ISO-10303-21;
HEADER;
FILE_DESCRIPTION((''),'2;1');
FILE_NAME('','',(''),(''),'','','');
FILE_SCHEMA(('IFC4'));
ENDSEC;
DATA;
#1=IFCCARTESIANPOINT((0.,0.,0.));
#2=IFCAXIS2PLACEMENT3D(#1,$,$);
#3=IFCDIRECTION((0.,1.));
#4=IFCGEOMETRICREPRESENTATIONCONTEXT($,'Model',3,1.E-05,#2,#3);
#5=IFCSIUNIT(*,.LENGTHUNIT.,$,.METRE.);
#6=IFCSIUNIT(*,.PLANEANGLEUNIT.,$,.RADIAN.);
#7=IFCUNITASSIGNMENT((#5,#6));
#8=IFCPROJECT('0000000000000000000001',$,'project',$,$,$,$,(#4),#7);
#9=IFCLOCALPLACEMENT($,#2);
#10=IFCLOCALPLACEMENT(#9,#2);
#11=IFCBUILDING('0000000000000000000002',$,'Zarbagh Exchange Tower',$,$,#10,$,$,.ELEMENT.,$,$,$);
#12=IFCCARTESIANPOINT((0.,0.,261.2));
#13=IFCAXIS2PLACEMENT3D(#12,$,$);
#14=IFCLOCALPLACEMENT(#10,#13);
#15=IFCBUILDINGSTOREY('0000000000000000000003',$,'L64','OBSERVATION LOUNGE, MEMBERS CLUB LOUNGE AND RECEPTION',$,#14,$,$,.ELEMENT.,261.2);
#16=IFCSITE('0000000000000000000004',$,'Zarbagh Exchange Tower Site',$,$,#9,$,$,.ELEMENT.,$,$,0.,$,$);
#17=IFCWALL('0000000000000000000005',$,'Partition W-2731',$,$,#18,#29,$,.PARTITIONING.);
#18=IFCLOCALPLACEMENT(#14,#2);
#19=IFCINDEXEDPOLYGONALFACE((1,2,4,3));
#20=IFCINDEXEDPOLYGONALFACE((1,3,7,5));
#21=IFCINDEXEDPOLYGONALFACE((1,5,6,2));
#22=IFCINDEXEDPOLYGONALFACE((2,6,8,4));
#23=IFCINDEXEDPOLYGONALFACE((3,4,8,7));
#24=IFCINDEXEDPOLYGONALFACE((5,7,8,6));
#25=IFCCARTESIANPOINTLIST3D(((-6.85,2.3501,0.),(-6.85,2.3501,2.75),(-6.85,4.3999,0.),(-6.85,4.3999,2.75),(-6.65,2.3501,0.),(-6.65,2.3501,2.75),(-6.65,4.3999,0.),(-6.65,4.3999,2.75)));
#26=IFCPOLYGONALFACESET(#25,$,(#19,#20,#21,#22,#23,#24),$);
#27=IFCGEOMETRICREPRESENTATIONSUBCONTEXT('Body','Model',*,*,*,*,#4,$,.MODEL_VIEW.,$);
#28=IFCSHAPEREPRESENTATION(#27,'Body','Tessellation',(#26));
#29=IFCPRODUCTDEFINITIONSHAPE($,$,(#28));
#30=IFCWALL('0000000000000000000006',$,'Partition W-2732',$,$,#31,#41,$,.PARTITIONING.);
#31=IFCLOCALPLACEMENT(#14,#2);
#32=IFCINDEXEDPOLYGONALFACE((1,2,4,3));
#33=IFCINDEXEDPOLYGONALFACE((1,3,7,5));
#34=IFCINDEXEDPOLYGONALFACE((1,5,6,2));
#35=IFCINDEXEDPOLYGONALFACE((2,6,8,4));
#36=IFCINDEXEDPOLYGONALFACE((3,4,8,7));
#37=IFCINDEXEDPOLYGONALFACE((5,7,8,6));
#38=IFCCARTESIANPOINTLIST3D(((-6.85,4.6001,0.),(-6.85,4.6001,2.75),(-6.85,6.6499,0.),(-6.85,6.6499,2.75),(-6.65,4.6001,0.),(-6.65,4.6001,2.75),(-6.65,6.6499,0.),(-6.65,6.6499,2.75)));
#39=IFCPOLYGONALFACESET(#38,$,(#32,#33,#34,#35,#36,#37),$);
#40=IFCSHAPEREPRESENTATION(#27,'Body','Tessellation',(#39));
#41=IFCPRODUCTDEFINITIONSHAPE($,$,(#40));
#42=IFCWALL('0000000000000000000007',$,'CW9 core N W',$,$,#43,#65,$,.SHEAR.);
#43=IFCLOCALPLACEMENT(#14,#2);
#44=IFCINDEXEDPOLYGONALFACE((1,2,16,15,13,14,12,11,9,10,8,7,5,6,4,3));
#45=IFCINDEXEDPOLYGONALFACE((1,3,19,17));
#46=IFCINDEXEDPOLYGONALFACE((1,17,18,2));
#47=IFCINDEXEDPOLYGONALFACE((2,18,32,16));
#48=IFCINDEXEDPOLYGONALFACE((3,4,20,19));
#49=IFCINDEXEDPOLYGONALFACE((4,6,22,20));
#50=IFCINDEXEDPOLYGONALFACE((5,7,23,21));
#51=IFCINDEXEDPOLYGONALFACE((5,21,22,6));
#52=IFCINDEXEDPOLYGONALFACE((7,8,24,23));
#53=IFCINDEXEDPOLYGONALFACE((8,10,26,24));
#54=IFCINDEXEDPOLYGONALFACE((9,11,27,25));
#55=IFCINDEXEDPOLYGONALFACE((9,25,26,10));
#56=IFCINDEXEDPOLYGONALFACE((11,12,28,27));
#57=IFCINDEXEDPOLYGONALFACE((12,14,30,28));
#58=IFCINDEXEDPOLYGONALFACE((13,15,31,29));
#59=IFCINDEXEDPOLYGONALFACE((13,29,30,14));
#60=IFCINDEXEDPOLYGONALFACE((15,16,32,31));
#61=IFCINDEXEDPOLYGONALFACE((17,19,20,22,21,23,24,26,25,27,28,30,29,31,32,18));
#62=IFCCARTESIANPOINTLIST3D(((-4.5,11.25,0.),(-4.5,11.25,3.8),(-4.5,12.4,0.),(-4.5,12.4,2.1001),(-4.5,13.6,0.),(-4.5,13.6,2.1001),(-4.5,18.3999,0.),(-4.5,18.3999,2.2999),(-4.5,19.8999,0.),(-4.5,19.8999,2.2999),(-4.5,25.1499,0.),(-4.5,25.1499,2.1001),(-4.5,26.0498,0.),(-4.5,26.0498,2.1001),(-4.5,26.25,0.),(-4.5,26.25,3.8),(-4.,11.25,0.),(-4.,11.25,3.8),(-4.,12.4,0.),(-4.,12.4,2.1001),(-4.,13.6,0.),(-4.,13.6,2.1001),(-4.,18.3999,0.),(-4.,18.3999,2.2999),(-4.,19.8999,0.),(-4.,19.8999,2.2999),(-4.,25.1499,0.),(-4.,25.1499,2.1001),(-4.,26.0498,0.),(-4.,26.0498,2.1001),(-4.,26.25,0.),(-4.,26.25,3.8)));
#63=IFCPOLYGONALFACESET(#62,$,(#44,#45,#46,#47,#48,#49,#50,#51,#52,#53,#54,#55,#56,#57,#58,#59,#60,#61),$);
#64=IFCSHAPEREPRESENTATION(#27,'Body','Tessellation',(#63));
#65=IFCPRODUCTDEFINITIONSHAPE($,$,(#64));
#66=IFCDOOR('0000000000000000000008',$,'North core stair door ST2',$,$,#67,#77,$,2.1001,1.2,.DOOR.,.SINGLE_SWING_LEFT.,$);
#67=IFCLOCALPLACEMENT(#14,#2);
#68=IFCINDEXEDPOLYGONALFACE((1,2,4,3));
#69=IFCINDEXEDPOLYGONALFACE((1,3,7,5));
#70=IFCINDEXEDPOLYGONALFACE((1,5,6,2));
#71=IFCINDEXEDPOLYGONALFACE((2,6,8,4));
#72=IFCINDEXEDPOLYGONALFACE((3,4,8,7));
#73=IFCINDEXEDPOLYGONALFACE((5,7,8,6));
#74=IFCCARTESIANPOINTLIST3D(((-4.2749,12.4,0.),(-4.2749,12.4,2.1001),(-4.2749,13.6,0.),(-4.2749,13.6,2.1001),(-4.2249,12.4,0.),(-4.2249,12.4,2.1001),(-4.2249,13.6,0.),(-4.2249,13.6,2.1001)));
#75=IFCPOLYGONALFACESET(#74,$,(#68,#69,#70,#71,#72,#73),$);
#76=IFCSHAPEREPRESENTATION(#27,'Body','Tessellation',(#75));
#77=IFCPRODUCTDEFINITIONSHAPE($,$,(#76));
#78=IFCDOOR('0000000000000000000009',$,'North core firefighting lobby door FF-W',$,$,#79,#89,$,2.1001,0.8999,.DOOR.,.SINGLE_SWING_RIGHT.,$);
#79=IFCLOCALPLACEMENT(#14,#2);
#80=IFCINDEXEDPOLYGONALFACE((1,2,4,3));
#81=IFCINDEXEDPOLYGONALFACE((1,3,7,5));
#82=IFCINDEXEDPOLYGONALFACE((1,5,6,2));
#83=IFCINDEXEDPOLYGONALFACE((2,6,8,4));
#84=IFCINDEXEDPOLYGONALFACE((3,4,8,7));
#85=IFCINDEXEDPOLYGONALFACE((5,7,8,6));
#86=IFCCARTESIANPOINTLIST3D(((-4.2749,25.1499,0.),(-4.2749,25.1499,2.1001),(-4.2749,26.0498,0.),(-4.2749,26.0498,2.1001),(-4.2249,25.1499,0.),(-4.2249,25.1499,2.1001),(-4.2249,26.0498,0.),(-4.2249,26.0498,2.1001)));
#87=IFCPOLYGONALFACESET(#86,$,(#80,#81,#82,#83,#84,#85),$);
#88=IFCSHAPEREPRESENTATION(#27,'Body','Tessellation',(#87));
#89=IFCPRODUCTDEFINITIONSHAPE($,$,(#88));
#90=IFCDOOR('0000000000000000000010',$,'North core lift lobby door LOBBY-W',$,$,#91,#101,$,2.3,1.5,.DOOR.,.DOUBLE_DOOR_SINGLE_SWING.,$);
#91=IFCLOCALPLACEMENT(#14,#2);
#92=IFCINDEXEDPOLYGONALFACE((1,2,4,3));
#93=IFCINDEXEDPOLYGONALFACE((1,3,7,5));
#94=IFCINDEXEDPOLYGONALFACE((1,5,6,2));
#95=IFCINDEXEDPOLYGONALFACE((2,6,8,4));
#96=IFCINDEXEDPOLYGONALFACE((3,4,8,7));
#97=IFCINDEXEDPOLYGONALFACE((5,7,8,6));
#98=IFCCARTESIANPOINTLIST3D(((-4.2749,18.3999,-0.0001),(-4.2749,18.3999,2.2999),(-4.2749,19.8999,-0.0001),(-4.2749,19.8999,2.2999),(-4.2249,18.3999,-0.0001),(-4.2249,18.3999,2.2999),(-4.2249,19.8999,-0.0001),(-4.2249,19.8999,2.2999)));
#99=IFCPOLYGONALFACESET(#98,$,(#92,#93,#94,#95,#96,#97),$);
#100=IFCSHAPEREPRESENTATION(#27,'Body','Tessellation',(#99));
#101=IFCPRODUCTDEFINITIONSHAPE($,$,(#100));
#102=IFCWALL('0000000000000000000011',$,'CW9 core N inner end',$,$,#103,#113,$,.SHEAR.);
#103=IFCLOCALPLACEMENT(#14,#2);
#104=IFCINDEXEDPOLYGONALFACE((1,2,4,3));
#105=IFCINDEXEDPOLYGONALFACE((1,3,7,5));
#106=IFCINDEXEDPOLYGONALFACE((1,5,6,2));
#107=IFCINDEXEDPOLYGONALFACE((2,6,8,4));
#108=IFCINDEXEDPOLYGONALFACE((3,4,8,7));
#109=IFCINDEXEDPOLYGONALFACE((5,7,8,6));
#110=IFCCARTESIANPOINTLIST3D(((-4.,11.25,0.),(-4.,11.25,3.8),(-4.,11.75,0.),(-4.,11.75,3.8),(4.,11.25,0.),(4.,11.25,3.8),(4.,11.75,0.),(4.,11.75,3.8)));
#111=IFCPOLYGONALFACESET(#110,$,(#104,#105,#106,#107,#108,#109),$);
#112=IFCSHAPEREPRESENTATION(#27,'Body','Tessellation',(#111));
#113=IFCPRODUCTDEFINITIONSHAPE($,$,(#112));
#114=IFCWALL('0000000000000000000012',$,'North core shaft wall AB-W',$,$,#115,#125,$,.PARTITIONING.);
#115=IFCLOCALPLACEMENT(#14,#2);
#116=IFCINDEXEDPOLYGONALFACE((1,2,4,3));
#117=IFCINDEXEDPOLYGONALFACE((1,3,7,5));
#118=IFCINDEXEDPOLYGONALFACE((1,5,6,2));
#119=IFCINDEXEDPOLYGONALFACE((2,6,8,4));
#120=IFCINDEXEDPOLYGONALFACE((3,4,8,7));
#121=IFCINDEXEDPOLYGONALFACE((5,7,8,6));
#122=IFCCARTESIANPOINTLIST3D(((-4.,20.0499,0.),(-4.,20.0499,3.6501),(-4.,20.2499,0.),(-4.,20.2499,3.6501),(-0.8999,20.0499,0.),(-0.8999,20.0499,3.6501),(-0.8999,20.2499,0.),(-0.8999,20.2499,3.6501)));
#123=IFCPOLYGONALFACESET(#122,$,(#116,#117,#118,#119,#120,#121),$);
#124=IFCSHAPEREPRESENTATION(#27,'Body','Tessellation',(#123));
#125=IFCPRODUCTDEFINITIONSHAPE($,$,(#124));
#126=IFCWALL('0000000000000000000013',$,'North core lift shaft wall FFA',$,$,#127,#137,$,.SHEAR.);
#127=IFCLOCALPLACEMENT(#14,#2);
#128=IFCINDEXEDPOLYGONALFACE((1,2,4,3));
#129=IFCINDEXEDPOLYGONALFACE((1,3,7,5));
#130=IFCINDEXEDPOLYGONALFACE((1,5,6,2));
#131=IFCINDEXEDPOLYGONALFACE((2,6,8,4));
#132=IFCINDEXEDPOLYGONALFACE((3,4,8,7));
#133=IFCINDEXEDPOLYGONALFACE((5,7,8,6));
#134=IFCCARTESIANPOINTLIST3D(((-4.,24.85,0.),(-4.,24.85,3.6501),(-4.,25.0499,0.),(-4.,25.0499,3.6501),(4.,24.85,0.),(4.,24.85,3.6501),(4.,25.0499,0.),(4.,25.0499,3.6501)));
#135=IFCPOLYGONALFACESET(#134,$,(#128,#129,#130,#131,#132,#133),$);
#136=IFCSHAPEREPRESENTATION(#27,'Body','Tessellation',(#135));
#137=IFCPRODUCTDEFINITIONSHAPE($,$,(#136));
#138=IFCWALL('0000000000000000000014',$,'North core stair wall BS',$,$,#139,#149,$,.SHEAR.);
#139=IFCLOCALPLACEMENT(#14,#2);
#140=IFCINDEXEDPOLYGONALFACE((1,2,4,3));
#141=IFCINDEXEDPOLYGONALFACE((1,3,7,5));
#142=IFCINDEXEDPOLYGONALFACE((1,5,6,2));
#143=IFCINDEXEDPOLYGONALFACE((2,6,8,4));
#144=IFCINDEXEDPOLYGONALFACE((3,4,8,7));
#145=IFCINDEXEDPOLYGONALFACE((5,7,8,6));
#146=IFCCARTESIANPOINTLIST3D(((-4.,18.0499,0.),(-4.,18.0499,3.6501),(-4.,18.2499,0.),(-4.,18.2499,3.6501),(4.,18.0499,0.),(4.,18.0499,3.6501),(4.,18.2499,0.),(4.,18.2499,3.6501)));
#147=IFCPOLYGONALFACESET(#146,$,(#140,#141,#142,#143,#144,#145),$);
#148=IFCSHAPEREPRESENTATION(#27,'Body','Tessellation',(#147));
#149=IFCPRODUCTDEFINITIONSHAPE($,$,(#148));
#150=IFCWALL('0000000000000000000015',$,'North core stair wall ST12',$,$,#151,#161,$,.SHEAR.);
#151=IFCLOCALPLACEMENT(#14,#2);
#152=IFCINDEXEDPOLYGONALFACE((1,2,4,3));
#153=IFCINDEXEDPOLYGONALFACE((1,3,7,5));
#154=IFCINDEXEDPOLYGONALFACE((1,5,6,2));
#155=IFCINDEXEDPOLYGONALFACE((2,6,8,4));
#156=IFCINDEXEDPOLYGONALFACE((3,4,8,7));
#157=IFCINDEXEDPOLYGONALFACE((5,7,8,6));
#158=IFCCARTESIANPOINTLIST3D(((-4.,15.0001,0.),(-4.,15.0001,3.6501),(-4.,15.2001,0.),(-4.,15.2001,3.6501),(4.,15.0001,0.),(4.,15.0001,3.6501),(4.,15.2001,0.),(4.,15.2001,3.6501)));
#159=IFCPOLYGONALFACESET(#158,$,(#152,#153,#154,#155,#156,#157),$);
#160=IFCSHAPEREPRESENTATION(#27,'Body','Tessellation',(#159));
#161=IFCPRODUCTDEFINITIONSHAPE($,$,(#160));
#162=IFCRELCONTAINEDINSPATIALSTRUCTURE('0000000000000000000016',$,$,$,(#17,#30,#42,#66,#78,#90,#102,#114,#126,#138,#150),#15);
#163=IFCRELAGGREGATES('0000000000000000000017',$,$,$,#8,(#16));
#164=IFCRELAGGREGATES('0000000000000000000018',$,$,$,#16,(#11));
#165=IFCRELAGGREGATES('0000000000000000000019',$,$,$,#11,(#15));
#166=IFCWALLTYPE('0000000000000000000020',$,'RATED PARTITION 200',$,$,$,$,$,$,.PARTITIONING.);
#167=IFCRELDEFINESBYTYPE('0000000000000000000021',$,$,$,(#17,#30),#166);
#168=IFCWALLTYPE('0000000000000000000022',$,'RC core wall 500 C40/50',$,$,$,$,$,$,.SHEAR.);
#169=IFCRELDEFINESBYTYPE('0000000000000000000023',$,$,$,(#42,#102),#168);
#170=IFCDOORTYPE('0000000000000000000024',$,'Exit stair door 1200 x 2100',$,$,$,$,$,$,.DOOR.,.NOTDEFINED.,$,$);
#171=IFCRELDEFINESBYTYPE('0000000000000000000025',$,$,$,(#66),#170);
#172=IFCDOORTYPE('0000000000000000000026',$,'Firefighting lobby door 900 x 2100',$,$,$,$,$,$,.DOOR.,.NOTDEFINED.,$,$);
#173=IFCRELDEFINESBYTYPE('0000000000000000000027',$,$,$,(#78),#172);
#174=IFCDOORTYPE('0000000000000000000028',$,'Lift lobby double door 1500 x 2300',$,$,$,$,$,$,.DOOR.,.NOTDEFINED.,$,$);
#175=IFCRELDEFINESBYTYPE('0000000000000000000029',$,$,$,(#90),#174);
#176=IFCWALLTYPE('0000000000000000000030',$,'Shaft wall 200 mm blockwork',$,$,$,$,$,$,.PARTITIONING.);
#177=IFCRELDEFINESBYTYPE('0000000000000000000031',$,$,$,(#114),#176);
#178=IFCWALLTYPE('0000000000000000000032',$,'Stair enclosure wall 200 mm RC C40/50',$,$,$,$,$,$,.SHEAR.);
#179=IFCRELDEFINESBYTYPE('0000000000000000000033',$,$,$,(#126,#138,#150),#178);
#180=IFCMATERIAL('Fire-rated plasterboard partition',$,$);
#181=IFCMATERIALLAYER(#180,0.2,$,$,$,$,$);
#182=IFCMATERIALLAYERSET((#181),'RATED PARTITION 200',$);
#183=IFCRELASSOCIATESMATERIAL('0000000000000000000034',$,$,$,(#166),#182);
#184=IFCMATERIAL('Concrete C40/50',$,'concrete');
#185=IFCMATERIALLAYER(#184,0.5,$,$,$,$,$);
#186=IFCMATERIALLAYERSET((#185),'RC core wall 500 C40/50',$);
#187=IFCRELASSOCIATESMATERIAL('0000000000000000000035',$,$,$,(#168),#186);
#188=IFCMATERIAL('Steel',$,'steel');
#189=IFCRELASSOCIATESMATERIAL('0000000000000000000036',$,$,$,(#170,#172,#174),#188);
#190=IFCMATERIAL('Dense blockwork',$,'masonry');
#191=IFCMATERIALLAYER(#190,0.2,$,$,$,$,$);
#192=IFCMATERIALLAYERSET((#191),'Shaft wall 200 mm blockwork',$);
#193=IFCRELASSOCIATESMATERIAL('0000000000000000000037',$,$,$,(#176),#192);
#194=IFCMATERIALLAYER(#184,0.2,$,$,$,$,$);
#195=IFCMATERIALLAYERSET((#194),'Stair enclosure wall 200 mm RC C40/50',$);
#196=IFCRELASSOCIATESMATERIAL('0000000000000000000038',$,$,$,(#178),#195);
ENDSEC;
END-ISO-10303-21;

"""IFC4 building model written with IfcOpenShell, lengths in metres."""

from ifc_helpers import new_model, si_unit, direction, frame, frame_2d, origin, place, context, subcontext, project, spatial, rectangle, extrude, material, layer, layer_set, type_object, element, fill, save


model = new_model("IFC4")

# Units and contexts
model_context = context("Model", 3, precision=1e-05, world=origin(), true_north=direction((0.0, 1.0)))
body_context = subcontext(model_context, "Body", "Model", "MODEL_VIEW")
ifc_project = project(units=[si_unit("LENGTHUNIT", "METRE"), si_unit("PLANEANGLEUNIT", "RADIAN")], contexts=[model_context])

# Site, building, storey
site_placement = place(None, origin())
site = spatial("IfcSite", under=ifc_project, at=site_placement, Name="Zarbagh Exchange Tower Site", CompositionType="ELEMENT", RefElevation=0.0)
building_placement = place(site_placement, origin())
building = spatial("IfcBuilding", under=site, at=building_placement, Name="Zarbagh Exchange Tower", CompositionType="ELEMENT")
storey_placement = place(building_placement, frame((0.0, 0.0, 261.2)))
storey = spatial("IfcBuildingStorey", under=building, at=storey_placement, Name="L64", Description="OBSERVATION LOUNGE, MEMBERS CLUB LOUNGE AND RECEPTION", CompositionType="ELEMENT", Elevation=261.2)

# Shared definitions
ifc_material_1 = material(Name="Concrete C40/50", Category="concrete")

# Walls
ifc_material_2 = material(Name="Dense blockwork", Category="masonry")
ifc_material_3 = material(Name="Fire-rated plasterboard partition")
ifc_layer_1 = layer(ifc_material_3, 0.2)
ifc_layer_set_1 = layer_set([ifc_layer_1], Name="RATED PARTITION 200")
wall_type_1 = type_object("IfcWallType", Name="RATED PARTITION 200", PredefinedType="PARTITIONING", material=ifc_layer_set_1)
for number, where, z_axis, x_axis, name in (
    (1, (-6.75, 2.3501, 0.0), (0.0, 0.0, 1.0), (0.0, 1.0, 0.0), "Partition W-2731"),
    (2, (-6.75, 4.6001, 0.0), (0.0, 0.0, 1.0), (0.0, 1.0, 0.0), "Partition W-2732"),
):
    element("IfcWall", number, at=place(storey_placement, frame(where, z_axis=z_axis, x_axis=x_axis)), inside=storey, type_object=wall_type_1, Name=name, PredefinedType="PARTITIONING", context=body_context, shape_type="SweptSolid", body=[
        extrude(rectangle(XDim=2.0498, YDim=0.2, at=frame_2d((1.0249, 0.0))), origin(), (0.0, 0.0, 1.0), 2.75),
    ])

# Wall, openings, doors
ifc_layer_2 = layer(ifc_material_1, 0.5)
ifc_layer_set_2 = layer_set([ifc_layer_2], Name="RC core wall 500 C40/50")
wall_type_2 = type_object("IfcWallType", Name="RC core wall 500 C40/50", PredefinedType="SHEAR", material=ifc_layer_set_2)
wall_1_placement = place(storey_placement, frame((-4.25, 11.25, 0.0), z_axis=(0.0, 0.0, 1.0), x_axis=(0.0, 1.0, 0.0)))
wall_1 = element("IfcWall", 3, at=wall_1_placement, inside=storey, type_object=wall_type_2, Name="CW9 core N W", PredefinedType="SHEAR", context=body_context, shape_type="SweptSolid", body=[
    extrude(rectangle(XDim=15.0, YDim=0.5, at=frame_2d((7.5, 0.0))), origin(), (0.0, 0.0, 1.0), 3.8),
])
opening_1_placement = place(wall_1_placement, frame((7.1499, 0.0, 0.0)))
opening_1 = element("IfcOpeningElement", 4, at=opening_1_placement, cuts=wall_1, PredefinedType="OPENING", context=body_context, shape_type="SweptSolid", body=[
    extrude(rectangle(XDim=1.5, YDim=2.3, at=frame_2d((0.75, 1.1499))), frame((0.0, 0.26, 0.0), z_axis=(0.0, -1.0, 0.0), x_axis=(1.0, 0.0, 0.0)), (0.0, 0.0, 1.0), 0.52),
])
opening_2_placement = place(wall_1_placement, frame((13.8999, 0.0, 0.0)))
opening_2 = element("IfcOpeningElement", 5, at=opening_2_placement, cuts=wall_1, PredefinedType="OPENING", context=body_context, shape_type="SweptSolid", body=[
    extrude(rectangle(XDim=0.8999, YDim=2.1001, at=frame_2d((0.45, 1.05))), frame((0.0, 0.26, 0.0), z_axis=(0.0, -1.0, 0.0), x_axis=(1.0, 0.0, 0.0)), (0.0, 0.0, 1.0), 0.52),
])
opening_3_placement = place(wall_1_placement, frame((1.1499, 0.0, 0.0)))
opening_3 = element("IfcOpeningElement", 6, at=opening_3_placement, cuts=wall_1, PredefinedType="OPENING", context=body_context, shape_type="SweptSolid", body=[
    extrude(rectangle(XDim=1.2, YDim=2.1001, at=frame_2d((0.6001, 1.05))), frame((0.0, 0.26, 0.0), z_axis=(0.0, -1.0, 0.0), x_axis=(1.0, 0.0, 0.0)), (0.0, 0.0, 1.0), 0.52),
])
ifc_material_4 = material(Name="Steel", Category="steel")
door_type_1 = type_object("IfcDoorType", Name="Exit stair door 1200 x 2100", OperationType="NOTDEFINED", PredefinedType="DOOR", material=ifc_material_4)
door_1_placement = place(opening_3_placement, origin())
door_1 = element("IfcDoor", 7, at=door_1_placement, inside=storey, type_object=door_type_1, Name="North core stair door ST2", OperationType="SINGLE_SWING_LEFT", OverallHeight=2.1001, OverallWidth=1.2, PredefinedType="DOOR", context=body_context, shape_type="SweptSolid", body=[
    extrude(rectangle(XDim=1.2, YDim=2.1001, at=frame_2d((0.6001, 1.05))), frame((0.0, 0.0249, 0.0), z_axis=(0.0, -1.0, 0.0), x_axis=(1.0, 0.0, 0.0)), (0.0, 0.0, 1.0), 0.05),
])
fill(opening_3, door_1)
door_type_2 = type_object("IfcDoorType", Name="Firefighting lobby door 900 x 2100", OperationType="NOTDEFINED", PredefinedType="DOOR", material=ifc_material_4)
door_2_placement = place(opening_2_placement, origin())
door_2 = element("IfcDoor", 8, at=door_2_placement, inside=storey, type_object=door_type_2, Name="North core firefighting lobby door FF-W", OperationType="SINGLE_SWING_RIGHT", OverallHeight=2.1001, OverallWidth=0.8999, PredefinedType="DOOR", context=body_context, shape_type="SweptSolid", body=[
    extrude(rectangle(XDim=0.8999, YDim=2.1001, at=frame_2d((0.45, 1.05))), frame((0.0, 0.0249, 0.0), z_axis=(0.0, -1.0, 0.0), x_axis=(1.0, 0.0, 0.0)), (0.0, 0.0, 1.0), 0.05),
])
fill(opening_2, door_2)
door_type_3 = type_object("IfcDoorType", Name="Lift lobby double door 1500 x 2300", OperationType="NOTDEFINED", PredefinedType="DOOR", material=ifc_material_4)
door_3_placement = place(opening_1_placement, origin())
door_3 = element("IfcDoor", 9, at=door_3_placement, inside=storey, type_object=door_type_3, Name="North core lift lobby door LOBBY-W", OperationType="DOUBLE_DOOR_SINGLE_SWING", OverallHeight=2.3, OverallWidth=1.5, PredefinedType="DOOR", context=body_context, shape_type="SweptSolid", body=[
    extrude(rectangle(XDim=1.5, YDim=2.3, at=frame_2d((0.75, 1.1499))), frame((0.0, 0.0249, 0.0), z_axis=(0.0, -1.0, 0.0), x_axis=(1.0, 0.0, 0.0)), (0.0, 0.0, 1.0), 0.05),
])
fill(opening_1, door_3)

# Walls
wall_2_placement = place(storey_placement, frame((-4.0, 11.5, 0.0), z_axis=(0.0, 0.0, 1.0), x_axis=(1.0, 0.0, 0.0)))
element("IfcWall", 10, at=wall_2_placement, inside=storey, type_object=wall_type_2, Name="CW9 core N inner end", PredefinedType="SHEAR", context=body_context, shape_type="SweptSolid", body=[
    extrude(rectangle(XDim=8.0, YDim=0.5, at=frame_2d((4.0, 0.0))), origin(), (0.0, 0.0, 1.0), 3.8),
])
ifc_layer_3 = layer(ifc_material_2, 0.2)
ifc_layer_set_3 = layer_set([ifc_layer_3], Name="Shaft wall 200 mm blockwork")
wall_type_3 = type_object("IfcWallType", Name="Shaft wall 200 mm blockwork", PredefinedType="PARTITIONING", material=ifc_layer_set_3)
wall_3_placement = place(storey_placement, frame((-4.0, 20.1499, 0.0), z_axis=(0.0, 0.0, 1.0), x_axis=(1.0, 0.0, 0.0)))
element("IfcWall", 11, at=wall_3_placement, inside=storey, type_object=wall_type_3, Name="North core shaft wall AB-W", PredefinedType="PARTITIONING", context=body_context, shape_type="SweptSolid", body=[
    extrude(rectangle(XDim=3.1001, YDim=0.2, at=frame_2d((1.55, 0.0))), origin(), (0.0, 0.0, 1.0), 3.6501),
])
ifc_layer_4 = layer(ifc_material_1, 0.2)
ifc_layer_set_4 = layer_set([ifc_layer_4], Name="Stair enclosure wall 200 mm RC C40/50")
wall_type_4 = type_object("IfcWallType", Name="Stair enclosure wall 200 mm RC C40/50", PredefinedType="SHEAR", material=ifc_layer_set_4)
for number, where, z_axis, x_axis, name in (
    (12, (-4.0, 24.95, 0.0), (0.0, 0.0, 1.0), (1.0, 0.0, 0.0), "North core lift shaft wall FFA"),
    (13, (-4.0, 18.1499, 0.0), (0.0, 0.0, 1.0), (1.0, 0.0, 0.0), "North core stair wall BS"),
    (14, (-4.0, 15.1001, 0.0), (0.0, 0.0, 1.0), (1.0, 0.0, 0.0), "North core stair wall ST12"),
):
    element("IfcWall", number, at=place(storey_placement, frame(where, z_axis=z_axis, x_axis=x_axis)), inside=storey, type_object=wall_type_4, Name=name, PredefinedType="SHEAR", context=body_context, shape_type="SweptSolid", body=[
        extrude(rectangle(XDim=8.0, YDim=0.2, at=frame_2d((4.0, 0.0))), origin(), (0.0, 0.0, 1.0), 3.6501),
    ])

save(model, "model.ifc")
